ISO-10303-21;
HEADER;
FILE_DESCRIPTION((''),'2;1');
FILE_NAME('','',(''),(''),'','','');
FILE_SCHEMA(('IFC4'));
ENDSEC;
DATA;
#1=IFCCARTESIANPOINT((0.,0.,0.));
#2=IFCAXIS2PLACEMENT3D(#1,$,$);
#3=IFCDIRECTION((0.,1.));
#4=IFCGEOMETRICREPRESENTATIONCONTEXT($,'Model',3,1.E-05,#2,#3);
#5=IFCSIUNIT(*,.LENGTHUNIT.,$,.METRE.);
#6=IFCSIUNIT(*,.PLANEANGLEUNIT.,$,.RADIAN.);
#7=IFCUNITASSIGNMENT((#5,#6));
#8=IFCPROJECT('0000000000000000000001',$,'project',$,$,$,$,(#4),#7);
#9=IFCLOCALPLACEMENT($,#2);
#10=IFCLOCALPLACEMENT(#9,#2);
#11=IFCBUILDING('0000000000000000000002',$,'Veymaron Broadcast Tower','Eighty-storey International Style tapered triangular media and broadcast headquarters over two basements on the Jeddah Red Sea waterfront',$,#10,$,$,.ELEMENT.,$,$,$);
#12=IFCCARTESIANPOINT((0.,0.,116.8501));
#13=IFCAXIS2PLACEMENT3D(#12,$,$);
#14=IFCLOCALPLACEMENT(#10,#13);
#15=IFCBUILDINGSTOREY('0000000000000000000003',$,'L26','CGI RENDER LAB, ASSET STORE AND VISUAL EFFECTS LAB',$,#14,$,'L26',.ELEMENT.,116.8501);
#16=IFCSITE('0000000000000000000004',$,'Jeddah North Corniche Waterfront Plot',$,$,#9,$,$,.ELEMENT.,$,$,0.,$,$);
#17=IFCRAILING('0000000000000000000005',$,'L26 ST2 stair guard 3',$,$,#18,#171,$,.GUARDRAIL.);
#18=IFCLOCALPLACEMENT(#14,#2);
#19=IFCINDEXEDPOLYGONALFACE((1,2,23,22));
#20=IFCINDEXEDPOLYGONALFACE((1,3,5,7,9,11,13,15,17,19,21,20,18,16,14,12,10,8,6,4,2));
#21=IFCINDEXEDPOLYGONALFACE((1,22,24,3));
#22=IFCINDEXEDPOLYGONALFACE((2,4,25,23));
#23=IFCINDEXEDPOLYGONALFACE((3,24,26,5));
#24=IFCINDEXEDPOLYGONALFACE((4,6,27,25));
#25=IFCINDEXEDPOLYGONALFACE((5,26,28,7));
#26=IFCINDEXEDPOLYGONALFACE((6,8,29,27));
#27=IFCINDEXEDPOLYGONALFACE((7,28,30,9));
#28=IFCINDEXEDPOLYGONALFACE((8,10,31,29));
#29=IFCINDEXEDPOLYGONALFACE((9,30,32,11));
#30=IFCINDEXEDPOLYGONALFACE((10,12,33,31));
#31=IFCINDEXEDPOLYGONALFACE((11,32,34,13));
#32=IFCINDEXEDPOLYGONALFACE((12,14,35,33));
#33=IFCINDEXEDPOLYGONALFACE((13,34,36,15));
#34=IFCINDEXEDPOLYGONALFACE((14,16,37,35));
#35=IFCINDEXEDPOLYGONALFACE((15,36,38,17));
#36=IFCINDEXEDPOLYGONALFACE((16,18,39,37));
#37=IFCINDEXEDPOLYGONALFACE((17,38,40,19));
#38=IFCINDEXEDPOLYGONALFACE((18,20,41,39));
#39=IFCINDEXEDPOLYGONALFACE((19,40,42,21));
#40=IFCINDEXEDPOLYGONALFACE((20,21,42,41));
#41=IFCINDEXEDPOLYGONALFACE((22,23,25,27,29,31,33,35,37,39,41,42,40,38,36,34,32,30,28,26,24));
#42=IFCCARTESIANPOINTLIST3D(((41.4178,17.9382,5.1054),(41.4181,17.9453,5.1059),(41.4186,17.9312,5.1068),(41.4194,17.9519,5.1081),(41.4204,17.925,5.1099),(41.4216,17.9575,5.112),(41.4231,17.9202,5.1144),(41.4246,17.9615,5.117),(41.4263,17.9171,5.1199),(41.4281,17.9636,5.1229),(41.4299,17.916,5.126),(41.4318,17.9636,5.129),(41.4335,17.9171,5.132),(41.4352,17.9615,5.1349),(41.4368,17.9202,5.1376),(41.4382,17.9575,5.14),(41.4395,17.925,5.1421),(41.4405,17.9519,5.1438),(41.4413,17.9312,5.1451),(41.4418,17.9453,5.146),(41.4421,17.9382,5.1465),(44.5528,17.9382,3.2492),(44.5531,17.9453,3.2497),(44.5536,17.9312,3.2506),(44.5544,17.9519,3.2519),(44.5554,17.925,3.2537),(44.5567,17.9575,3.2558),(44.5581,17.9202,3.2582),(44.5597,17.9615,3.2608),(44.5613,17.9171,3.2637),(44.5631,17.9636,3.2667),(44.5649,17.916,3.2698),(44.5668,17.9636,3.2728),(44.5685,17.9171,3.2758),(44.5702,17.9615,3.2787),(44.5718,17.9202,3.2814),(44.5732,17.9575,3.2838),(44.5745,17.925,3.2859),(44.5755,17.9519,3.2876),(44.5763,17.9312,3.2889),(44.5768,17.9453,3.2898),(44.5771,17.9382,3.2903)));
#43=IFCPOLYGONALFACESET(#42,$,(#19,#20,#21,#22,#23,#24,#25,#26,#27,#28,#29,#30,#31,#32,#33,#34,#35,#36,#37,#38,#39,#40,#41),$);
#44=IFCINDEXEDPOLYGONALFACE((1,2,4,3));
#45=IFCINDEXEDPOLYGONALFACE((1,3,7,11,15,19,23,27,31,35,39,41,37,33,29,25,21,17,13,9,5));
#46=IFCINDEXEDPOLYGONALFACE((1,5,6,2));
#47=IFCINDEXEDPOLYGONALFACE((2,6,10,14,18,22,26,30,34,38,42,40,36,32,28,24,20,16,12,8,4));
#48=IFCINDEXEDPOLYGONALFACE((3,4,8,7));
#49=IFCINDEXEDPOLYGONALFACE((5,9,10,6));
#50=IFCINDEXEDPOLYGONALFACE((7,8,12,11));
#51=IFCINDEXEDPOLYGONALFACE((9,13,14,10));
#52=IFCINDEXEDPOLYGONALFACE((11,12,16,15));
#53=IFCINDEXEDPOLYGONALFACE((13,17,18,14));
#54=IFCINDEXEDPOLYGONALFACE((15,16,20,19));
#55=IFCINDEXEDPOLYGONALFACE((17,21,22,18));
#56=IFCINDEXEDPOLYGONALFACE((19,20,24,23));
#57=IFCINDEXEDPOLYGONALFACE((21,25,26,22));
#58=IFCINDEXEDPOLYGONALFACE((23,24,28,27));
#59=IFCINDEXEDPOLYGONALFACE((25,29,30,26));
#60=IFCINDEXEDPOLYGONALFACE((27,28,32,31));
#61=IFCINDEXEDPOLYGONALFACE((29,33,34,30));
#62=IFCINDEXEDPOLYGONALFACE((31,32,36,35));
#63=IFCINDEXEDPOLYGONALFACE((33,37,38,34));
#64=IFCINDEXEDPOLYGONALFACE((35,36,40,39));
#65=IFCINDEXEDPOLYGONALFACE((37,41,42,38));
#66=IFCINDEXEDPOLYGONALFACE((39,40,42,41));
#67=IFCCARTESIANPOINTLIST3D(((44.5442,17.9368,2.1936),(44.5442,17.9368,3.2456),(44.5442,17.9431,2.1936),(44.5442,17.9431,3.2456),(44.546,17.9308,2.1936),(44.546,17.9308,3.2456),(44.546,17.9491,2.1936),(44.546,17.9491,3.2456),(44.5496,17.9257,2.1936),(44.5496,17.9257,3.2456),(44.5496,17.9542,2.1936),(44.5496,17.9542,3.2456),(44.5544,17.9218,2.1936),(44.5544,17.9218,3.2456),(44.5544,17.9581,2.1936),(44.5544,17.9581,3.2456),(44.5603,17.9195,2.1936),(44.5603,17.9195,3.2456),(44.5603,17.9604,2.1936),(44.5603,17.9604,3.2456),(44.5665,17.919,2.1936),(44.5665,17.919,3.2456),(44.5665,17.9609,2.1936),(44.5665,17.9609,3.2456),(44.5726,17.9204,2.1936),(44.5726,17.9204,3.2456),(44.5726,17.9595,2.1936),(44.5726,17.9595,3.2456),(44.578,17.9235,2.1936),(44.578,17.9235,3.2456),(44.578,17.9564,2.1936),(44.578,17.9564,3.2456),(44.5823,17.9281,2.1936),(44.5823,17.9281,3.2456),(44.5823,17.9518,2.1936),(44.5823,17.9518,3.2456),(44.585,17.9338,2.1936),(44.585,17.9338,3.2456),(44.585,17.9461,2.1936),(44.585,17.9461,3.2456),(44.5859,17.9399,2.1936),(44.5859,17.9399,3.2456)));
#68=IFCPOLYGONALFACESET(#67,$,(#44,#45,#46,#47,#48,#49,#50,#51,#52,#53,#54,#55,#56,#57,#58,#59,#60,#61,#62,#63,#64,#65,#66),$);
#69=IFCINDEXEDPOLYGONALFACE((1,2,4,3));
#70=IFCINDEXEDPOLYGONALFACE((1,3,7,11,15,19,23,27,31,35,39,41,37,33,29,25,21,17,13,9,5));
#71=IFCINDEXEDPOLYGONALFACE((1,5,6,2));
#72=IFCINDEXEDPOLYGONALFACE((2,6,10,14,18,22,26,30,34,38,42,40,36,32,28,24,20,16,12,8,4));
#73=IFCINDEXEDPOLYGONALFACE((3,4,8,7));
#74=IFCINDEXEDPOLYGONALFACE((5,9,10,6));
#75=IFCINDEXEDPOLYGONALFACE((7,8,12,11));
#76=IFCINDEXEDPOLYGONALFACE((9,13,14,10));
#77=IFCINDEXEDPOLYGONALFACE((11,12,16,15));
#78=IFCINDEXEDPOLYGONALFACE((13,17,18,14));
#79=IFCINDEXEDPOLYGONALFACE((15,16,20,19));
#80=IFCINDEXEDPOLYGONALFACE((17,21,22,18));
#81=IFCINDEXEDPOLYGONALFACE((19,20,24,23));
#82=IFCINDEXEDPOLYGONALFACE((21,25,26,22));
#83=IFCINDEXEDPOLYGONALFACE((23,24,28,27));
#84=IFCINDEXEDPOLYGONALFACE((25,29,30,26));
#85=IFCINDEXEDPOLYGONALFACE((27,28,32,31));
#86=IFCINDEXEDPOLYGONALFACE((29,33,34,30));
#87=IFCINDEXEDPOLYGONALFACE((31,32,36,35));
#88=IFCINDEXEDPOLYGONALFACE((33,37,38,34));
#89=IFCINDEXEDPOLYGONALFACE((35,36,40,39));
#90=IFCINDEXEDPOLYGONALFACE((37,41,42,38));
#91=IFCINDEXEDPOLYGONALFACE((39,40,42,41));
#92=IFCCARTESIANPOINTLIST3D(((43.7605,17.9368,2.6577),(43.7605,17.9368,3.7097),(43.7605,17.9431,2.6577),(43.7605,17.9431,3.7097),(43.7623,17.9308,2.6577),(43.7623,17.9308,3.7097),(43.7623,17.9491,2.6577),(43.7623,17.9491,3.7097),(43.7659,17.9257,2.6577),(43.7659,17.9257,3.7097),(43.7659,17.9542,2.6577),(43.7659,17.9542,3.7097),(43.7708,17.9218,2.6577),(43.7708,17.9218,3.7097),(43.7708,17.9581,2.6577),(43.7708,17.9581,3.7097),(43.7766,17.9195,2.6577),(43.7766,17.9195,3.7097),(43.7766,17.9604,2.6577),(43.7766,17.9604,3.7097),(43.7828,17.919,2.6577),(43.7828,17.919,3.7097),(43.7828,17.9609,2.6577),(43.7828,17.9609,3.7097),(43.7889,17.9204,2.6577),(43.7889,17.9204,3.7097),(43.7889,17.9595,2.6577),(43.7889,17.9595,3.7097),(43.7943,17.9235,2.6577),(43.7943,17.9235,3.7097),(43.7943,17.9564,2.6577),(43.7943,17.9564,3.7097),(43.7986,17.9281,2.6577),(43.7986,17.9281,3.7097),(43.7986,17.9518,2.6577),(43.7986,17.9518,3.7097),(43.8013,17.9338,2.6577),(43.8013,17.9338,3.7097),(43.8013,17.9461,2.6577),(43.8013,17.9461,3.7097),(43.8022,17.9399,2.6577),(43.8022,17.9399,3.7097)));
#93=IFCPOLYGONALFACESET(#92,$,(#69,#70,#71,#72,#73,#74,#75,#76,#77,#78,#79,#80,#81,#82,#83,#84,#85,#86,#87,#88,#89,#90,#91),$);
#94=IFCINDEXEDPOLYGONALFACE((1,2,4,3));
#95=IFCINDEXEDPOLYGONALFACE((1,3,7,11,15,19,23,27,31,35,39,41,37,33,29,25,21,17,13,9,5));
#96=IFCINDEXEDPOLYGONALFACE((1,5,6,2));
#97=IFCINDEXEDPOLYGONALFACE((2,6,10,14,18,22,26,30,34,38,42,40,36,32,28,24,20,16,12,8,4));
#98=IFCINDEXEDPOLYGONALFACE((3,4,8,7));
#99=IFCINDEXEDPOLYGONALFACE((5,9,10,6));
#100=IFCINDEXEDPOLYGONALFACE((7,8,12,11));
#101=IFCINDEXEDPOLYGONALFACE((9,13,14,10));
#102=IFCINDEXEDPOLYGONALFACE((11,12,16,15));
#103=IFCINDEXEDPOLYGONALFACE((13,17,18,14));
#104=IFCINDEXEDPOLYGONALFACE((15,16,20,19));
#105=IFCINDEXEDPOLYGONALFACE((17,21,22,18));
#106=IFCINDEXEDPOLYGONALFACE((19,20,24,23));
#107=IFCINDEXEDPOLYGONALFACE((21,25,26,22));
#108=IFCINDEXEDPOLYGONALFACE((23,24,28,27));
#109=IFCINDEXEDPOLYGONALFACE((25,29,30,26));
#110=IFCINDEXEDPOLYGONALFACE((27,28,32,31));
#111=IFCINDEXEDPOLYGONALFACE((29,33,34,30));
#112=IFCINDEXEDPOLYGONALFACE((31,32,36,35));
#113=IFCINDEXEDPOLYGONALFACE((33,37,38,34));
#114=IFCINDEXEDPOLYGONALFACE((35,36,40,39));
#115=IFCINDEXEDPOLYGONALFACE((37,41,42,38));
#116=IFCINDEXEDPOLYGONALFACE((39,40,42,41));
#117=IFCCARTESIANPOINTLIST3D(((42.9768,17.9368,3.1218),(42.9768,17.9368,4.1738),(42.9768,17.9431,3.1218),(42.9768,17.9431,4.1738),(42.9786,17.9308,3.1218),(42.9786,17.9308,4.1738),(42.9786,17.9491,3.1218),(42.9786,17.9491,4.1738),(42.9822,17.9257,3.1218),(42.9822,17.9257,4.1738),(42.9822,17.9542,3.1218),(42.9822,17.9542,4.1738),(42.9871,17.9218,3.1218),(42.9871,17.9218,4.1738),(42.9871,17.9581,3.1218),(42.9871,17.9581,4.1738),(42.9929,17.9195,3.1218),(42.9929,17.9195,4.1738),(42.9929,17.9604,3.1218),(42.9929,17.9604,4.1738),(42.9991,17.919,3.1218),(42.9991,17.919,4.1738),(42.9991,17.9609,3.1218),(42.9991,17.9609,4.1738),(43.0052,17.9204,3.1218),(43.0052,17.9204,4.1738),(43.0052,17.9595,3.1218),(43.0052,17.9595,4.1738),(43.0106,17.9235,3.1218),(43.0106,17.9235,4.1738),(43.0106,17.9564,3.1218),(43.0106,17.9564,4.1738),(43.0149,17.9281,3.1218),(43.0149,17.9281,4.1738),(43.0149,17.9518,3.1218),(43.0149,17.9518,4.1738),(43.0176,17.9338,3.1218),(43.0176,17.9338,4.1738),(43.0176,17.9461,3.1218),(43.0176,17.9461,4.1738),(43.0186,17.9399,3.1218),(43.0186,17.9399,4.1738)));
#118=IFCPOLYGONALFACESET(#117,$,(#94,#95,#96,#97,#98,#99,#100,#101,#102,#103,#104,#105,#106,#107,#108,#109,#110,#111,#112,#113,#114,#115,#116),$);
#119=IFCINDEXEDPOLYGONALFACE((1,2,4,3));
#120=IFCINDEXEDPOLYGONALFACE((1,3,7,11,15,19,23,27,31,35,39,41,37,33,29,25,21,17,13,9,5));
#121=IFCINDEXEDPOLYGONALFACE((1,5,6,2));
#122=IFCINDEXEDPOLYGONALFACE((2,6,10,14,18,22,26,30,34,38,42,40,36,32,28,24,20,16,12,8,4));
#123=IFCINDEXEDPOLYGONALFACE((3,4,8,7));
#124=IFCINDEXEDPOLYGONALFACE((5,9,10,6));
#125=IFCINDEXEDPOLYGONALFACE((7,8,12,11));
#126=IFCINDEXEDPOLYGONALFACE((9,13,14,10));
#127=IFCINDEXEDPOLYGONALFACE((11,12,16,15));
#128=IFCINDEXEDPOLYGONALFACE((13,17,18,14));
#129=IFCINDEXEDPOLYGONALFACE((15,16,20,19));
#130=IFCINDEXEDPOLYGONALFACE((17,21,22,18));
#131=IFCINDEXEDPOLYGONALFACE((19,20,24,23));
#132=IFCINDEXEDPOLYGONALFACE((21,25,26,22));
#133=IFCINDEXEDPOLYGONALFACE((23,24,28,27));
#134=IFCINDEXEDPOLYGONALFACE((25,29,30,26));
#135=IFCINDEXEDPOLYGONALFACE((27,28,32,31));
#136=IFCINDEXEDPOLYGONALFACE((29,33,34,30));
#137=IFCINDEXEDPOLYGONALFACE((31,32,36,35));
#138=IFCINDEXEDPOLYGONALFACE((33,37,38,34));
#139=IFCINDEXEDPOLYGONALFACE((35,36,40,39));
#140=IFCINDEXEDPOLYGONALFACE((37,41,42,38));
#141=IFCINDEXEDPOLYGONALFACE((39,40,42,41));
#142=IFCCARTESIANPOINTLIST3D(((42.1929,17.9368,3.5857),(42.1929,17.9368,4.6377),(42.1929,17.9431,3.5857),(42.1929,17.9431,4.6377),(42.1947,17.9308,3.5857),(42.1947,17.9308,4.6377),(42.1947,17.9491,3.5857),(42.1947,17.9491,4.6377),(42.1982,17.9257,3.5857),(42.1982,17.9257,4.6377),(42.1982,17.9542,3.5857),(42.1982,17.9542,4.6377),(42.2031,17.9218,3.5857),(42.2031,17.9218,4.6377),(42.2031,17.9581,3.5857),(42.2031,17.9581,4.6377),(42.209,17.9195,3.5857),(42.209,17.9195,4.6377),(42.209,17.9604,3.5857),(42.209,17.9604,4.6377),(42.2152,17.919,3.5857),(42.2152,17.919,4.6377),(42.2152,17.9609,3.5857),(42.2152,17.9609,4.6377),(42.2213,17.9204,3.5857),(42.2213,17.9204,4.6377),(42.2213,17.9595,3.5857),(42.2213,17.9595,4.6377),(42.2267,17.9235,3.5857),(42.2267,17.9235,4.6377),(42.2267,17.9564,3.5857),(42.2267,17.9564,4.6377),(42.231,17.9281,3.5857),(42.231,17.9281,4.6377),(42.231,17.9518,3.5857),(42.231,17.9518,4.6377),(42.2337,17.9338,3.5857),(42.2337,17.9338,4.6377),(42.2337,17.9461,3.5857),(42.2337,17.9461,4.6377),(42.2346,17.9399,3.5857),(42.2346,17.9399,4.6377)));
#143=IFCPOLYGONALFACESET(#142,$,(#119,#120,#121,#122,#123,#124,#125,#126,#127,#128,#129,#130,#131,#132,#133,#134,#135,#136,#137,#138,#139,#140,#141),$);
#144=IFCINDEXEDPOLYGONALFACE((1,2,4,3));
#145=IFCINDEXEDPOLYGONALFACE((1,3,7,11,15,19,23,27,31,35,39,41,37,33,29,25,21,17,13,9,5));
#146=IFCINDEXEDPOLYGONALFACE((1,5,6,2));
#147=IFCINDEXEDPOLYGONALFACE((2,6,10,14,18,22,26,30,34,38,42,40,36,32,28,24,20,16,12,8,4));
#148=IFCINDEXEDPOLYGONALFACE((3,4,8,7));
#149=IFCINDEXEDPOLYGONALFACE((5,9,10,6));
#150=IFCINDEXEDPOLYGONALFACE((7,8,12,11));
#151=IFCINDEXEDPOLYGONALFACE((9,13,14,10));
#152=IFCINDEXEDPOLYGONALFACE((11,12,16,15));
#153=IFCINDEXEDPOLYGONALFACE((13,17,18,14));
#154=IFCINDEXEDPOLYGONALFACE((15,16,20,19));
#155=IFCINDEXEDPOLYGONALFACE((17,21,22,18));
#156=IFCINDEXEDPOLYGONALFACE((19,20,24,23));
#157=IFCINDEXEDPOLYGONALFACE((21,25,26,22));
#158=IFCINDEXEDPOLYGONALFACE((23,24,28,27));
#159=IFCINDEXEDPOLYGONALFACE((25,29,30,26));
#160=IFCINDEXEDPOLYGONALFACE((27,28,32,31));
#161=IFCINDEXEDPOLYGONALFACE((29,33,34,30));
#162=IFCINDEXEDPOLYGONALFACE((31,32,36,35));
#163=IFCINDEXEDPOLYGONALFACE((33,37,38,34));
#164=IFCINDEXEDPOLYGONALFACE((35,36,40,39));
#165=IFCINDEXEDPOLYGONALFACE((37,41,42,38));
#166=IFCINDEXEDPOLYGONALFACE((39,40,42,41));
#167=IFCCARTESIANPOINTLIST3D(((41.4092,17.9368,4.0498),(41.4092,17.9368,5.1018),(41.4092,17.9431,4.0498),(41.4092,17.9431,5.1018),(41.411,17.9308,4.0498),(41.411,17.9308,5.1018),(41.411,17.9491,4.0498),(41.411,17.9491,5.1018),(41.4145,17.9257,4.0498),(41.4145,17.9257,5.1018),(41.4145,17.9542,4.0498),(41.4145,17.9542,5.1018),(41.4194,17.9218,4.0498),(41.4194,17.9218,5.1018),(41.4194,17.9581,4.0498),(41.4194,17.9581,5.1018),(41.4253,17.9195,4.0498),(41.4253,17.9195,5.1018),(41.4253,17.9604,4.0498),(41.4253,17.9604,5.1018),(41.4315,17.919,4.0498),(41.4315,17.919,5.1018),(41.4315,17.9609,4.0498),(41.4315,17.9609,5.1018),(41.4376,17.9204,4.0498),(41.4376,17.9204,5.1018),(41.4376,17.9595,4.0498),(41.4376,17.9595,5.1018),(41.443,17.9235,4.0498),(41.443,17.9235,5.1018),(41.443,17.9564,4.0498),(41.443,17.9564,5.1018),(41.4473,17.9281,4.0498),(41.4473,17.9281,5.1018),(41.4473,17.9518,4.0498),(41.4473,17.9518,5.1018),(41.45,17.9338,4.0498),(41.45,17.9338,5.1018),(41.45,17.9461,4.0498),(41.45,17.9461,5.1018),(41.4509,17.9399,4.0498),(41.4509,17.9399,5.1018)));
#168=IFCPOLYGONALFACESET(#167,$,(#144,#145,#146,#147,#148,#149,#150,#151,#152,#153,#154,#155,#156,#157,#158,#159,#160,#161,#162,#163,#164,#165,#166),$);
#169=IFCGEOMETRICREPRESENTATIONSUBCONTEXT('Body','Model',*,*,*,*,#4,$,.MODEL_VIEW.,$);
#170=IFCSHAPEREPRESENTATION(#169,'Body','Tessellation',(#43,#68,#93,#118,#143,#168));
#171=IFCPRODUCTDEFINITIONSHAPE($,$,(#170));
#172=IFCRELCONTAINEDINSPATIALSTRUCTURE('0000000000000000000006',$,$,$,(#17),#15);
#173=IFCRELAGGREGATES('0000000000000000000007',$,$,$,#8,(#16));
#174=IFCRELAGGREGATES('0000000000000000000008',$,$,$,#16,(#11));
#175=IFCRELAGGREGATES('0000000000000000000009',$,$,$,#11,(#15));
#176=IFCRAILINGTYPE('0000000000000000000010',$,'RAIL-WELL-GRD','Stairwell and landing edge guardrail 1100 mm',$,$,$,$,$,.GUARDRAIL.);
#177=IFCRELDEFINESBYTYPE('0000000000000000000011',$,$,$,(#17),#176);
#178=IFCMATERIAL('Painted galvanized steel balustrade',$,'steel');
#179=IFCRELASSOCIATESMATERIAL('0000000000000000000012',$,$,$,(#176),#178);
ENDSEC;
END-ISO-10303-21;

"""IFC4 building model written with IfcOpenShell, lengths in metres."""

from ifc_helpers import new_model, si_unit, direction, frame, origin, origin_2d, place, context, subcontext, project, spatial, circle, extrude, material, type_object, element, save


model = new_model("IFC4")

# Units and contexts
model_context = context("Model", 3, precision=1e-05, world=origin(), true_north=direction((0.0, 1.0)))
body_context = subcontext(model_context, "Body", "Model", "MODEL_VIEW")
ifc_project = project(units=[si_unit("LENGTHUNIT", "METRE"), si_unit("PLANEANGLEUNIT", "RADIAN")], contexts=[model_context])

# Site, building, storey
site_placement = place(None, origin())
site = spatial("IfcSite", under=ifc_project, at=site_placement, Name="Jeddah North Corniche Waterfront Plot", CompositionType="ELEMENT", RefElevation=0.0)
building_placement = place(site_placement, origin())
building = spatial("IfcBuilding", under=site, at=building_placement, Name="Veymaron Broadcast Tower", Description="Eighty-storey International Style tapered triangular media and broadcast headquarters over two basements on the Jeddah Red Sea waterfront", CompositionType="ELEMENT")
storey_placement = place(building_placement, frame((0.0, 0.0, 116.8501)))
storey = spatial("IfcBuildingStorey", under=building, at=storey_placement, Name="L26", Description="CGI RENDER LAB, ASSET STORE AND VISUAL EFFECTS LAB", LongName="L26", CompositionType="ELEMENT", Elevation=116.8501)

# Railing
ifc_material_1 = material(Name="Painted galvanized steel balustrade", Category="steel")
railing_type_1 = type_object("IfcRailingType", Name="RAIL-WELL-GRD", Description="Stairwell and landing edge guardrail 1100 mm", PredefinedType="GUARDRAIL", material=ifc_material_1)
railing_1_placement = place(storey_placement, frame((44.5649, 17.9399, 2.1936)))
element("IfcRailing", 1, at=railing_1_placement, inside=storey, type_object=railing_type_1, Name="L26 ST2 stair guard 3", PredefinedType="GUARDRAIL", context=body_context, shape_type="SweptSolid", body=[
    extrude(circle(Radius=0.0239, at=origin_2d()), frame((0.0, 0.0, 1.0762), z_axis=(-0.860482, 0.0, 0.509481), x_axis=(0.0, -1.0, 0.0)), (0.0, 0.0, 1.0), 3.6433),
    extrude(circle(Radius=0.021, at=origin_2d()), origin(), (0.0, 0.0, 1.0), 1.052),
    extrude(circle(Radius=0.021, at=origin_2d()), frame((-0.7837, 0.0, 0.4641)), (0.0, 0.0, 1.0), 1.052),
    extrude(circle(Radius=0.021, at=origin_2d()), frame((-1.5674, 0.0, 0.9282)), (0.0, 0.0, 1.0), 1.052),
    extrude(circle(Radius=0.021, at=origin_2d()), frame((-2.3513, 0.0, 1.3921)), (0.0, 0.0, 1.0), 1.052),
    extrude(circle(Radius=0.021, at=origin_2d()), frame((-3.135, 0.0, 1.8562)), (0.0, 0.0, 1.0), 1.052),
])

save(model, "model.ifc")
